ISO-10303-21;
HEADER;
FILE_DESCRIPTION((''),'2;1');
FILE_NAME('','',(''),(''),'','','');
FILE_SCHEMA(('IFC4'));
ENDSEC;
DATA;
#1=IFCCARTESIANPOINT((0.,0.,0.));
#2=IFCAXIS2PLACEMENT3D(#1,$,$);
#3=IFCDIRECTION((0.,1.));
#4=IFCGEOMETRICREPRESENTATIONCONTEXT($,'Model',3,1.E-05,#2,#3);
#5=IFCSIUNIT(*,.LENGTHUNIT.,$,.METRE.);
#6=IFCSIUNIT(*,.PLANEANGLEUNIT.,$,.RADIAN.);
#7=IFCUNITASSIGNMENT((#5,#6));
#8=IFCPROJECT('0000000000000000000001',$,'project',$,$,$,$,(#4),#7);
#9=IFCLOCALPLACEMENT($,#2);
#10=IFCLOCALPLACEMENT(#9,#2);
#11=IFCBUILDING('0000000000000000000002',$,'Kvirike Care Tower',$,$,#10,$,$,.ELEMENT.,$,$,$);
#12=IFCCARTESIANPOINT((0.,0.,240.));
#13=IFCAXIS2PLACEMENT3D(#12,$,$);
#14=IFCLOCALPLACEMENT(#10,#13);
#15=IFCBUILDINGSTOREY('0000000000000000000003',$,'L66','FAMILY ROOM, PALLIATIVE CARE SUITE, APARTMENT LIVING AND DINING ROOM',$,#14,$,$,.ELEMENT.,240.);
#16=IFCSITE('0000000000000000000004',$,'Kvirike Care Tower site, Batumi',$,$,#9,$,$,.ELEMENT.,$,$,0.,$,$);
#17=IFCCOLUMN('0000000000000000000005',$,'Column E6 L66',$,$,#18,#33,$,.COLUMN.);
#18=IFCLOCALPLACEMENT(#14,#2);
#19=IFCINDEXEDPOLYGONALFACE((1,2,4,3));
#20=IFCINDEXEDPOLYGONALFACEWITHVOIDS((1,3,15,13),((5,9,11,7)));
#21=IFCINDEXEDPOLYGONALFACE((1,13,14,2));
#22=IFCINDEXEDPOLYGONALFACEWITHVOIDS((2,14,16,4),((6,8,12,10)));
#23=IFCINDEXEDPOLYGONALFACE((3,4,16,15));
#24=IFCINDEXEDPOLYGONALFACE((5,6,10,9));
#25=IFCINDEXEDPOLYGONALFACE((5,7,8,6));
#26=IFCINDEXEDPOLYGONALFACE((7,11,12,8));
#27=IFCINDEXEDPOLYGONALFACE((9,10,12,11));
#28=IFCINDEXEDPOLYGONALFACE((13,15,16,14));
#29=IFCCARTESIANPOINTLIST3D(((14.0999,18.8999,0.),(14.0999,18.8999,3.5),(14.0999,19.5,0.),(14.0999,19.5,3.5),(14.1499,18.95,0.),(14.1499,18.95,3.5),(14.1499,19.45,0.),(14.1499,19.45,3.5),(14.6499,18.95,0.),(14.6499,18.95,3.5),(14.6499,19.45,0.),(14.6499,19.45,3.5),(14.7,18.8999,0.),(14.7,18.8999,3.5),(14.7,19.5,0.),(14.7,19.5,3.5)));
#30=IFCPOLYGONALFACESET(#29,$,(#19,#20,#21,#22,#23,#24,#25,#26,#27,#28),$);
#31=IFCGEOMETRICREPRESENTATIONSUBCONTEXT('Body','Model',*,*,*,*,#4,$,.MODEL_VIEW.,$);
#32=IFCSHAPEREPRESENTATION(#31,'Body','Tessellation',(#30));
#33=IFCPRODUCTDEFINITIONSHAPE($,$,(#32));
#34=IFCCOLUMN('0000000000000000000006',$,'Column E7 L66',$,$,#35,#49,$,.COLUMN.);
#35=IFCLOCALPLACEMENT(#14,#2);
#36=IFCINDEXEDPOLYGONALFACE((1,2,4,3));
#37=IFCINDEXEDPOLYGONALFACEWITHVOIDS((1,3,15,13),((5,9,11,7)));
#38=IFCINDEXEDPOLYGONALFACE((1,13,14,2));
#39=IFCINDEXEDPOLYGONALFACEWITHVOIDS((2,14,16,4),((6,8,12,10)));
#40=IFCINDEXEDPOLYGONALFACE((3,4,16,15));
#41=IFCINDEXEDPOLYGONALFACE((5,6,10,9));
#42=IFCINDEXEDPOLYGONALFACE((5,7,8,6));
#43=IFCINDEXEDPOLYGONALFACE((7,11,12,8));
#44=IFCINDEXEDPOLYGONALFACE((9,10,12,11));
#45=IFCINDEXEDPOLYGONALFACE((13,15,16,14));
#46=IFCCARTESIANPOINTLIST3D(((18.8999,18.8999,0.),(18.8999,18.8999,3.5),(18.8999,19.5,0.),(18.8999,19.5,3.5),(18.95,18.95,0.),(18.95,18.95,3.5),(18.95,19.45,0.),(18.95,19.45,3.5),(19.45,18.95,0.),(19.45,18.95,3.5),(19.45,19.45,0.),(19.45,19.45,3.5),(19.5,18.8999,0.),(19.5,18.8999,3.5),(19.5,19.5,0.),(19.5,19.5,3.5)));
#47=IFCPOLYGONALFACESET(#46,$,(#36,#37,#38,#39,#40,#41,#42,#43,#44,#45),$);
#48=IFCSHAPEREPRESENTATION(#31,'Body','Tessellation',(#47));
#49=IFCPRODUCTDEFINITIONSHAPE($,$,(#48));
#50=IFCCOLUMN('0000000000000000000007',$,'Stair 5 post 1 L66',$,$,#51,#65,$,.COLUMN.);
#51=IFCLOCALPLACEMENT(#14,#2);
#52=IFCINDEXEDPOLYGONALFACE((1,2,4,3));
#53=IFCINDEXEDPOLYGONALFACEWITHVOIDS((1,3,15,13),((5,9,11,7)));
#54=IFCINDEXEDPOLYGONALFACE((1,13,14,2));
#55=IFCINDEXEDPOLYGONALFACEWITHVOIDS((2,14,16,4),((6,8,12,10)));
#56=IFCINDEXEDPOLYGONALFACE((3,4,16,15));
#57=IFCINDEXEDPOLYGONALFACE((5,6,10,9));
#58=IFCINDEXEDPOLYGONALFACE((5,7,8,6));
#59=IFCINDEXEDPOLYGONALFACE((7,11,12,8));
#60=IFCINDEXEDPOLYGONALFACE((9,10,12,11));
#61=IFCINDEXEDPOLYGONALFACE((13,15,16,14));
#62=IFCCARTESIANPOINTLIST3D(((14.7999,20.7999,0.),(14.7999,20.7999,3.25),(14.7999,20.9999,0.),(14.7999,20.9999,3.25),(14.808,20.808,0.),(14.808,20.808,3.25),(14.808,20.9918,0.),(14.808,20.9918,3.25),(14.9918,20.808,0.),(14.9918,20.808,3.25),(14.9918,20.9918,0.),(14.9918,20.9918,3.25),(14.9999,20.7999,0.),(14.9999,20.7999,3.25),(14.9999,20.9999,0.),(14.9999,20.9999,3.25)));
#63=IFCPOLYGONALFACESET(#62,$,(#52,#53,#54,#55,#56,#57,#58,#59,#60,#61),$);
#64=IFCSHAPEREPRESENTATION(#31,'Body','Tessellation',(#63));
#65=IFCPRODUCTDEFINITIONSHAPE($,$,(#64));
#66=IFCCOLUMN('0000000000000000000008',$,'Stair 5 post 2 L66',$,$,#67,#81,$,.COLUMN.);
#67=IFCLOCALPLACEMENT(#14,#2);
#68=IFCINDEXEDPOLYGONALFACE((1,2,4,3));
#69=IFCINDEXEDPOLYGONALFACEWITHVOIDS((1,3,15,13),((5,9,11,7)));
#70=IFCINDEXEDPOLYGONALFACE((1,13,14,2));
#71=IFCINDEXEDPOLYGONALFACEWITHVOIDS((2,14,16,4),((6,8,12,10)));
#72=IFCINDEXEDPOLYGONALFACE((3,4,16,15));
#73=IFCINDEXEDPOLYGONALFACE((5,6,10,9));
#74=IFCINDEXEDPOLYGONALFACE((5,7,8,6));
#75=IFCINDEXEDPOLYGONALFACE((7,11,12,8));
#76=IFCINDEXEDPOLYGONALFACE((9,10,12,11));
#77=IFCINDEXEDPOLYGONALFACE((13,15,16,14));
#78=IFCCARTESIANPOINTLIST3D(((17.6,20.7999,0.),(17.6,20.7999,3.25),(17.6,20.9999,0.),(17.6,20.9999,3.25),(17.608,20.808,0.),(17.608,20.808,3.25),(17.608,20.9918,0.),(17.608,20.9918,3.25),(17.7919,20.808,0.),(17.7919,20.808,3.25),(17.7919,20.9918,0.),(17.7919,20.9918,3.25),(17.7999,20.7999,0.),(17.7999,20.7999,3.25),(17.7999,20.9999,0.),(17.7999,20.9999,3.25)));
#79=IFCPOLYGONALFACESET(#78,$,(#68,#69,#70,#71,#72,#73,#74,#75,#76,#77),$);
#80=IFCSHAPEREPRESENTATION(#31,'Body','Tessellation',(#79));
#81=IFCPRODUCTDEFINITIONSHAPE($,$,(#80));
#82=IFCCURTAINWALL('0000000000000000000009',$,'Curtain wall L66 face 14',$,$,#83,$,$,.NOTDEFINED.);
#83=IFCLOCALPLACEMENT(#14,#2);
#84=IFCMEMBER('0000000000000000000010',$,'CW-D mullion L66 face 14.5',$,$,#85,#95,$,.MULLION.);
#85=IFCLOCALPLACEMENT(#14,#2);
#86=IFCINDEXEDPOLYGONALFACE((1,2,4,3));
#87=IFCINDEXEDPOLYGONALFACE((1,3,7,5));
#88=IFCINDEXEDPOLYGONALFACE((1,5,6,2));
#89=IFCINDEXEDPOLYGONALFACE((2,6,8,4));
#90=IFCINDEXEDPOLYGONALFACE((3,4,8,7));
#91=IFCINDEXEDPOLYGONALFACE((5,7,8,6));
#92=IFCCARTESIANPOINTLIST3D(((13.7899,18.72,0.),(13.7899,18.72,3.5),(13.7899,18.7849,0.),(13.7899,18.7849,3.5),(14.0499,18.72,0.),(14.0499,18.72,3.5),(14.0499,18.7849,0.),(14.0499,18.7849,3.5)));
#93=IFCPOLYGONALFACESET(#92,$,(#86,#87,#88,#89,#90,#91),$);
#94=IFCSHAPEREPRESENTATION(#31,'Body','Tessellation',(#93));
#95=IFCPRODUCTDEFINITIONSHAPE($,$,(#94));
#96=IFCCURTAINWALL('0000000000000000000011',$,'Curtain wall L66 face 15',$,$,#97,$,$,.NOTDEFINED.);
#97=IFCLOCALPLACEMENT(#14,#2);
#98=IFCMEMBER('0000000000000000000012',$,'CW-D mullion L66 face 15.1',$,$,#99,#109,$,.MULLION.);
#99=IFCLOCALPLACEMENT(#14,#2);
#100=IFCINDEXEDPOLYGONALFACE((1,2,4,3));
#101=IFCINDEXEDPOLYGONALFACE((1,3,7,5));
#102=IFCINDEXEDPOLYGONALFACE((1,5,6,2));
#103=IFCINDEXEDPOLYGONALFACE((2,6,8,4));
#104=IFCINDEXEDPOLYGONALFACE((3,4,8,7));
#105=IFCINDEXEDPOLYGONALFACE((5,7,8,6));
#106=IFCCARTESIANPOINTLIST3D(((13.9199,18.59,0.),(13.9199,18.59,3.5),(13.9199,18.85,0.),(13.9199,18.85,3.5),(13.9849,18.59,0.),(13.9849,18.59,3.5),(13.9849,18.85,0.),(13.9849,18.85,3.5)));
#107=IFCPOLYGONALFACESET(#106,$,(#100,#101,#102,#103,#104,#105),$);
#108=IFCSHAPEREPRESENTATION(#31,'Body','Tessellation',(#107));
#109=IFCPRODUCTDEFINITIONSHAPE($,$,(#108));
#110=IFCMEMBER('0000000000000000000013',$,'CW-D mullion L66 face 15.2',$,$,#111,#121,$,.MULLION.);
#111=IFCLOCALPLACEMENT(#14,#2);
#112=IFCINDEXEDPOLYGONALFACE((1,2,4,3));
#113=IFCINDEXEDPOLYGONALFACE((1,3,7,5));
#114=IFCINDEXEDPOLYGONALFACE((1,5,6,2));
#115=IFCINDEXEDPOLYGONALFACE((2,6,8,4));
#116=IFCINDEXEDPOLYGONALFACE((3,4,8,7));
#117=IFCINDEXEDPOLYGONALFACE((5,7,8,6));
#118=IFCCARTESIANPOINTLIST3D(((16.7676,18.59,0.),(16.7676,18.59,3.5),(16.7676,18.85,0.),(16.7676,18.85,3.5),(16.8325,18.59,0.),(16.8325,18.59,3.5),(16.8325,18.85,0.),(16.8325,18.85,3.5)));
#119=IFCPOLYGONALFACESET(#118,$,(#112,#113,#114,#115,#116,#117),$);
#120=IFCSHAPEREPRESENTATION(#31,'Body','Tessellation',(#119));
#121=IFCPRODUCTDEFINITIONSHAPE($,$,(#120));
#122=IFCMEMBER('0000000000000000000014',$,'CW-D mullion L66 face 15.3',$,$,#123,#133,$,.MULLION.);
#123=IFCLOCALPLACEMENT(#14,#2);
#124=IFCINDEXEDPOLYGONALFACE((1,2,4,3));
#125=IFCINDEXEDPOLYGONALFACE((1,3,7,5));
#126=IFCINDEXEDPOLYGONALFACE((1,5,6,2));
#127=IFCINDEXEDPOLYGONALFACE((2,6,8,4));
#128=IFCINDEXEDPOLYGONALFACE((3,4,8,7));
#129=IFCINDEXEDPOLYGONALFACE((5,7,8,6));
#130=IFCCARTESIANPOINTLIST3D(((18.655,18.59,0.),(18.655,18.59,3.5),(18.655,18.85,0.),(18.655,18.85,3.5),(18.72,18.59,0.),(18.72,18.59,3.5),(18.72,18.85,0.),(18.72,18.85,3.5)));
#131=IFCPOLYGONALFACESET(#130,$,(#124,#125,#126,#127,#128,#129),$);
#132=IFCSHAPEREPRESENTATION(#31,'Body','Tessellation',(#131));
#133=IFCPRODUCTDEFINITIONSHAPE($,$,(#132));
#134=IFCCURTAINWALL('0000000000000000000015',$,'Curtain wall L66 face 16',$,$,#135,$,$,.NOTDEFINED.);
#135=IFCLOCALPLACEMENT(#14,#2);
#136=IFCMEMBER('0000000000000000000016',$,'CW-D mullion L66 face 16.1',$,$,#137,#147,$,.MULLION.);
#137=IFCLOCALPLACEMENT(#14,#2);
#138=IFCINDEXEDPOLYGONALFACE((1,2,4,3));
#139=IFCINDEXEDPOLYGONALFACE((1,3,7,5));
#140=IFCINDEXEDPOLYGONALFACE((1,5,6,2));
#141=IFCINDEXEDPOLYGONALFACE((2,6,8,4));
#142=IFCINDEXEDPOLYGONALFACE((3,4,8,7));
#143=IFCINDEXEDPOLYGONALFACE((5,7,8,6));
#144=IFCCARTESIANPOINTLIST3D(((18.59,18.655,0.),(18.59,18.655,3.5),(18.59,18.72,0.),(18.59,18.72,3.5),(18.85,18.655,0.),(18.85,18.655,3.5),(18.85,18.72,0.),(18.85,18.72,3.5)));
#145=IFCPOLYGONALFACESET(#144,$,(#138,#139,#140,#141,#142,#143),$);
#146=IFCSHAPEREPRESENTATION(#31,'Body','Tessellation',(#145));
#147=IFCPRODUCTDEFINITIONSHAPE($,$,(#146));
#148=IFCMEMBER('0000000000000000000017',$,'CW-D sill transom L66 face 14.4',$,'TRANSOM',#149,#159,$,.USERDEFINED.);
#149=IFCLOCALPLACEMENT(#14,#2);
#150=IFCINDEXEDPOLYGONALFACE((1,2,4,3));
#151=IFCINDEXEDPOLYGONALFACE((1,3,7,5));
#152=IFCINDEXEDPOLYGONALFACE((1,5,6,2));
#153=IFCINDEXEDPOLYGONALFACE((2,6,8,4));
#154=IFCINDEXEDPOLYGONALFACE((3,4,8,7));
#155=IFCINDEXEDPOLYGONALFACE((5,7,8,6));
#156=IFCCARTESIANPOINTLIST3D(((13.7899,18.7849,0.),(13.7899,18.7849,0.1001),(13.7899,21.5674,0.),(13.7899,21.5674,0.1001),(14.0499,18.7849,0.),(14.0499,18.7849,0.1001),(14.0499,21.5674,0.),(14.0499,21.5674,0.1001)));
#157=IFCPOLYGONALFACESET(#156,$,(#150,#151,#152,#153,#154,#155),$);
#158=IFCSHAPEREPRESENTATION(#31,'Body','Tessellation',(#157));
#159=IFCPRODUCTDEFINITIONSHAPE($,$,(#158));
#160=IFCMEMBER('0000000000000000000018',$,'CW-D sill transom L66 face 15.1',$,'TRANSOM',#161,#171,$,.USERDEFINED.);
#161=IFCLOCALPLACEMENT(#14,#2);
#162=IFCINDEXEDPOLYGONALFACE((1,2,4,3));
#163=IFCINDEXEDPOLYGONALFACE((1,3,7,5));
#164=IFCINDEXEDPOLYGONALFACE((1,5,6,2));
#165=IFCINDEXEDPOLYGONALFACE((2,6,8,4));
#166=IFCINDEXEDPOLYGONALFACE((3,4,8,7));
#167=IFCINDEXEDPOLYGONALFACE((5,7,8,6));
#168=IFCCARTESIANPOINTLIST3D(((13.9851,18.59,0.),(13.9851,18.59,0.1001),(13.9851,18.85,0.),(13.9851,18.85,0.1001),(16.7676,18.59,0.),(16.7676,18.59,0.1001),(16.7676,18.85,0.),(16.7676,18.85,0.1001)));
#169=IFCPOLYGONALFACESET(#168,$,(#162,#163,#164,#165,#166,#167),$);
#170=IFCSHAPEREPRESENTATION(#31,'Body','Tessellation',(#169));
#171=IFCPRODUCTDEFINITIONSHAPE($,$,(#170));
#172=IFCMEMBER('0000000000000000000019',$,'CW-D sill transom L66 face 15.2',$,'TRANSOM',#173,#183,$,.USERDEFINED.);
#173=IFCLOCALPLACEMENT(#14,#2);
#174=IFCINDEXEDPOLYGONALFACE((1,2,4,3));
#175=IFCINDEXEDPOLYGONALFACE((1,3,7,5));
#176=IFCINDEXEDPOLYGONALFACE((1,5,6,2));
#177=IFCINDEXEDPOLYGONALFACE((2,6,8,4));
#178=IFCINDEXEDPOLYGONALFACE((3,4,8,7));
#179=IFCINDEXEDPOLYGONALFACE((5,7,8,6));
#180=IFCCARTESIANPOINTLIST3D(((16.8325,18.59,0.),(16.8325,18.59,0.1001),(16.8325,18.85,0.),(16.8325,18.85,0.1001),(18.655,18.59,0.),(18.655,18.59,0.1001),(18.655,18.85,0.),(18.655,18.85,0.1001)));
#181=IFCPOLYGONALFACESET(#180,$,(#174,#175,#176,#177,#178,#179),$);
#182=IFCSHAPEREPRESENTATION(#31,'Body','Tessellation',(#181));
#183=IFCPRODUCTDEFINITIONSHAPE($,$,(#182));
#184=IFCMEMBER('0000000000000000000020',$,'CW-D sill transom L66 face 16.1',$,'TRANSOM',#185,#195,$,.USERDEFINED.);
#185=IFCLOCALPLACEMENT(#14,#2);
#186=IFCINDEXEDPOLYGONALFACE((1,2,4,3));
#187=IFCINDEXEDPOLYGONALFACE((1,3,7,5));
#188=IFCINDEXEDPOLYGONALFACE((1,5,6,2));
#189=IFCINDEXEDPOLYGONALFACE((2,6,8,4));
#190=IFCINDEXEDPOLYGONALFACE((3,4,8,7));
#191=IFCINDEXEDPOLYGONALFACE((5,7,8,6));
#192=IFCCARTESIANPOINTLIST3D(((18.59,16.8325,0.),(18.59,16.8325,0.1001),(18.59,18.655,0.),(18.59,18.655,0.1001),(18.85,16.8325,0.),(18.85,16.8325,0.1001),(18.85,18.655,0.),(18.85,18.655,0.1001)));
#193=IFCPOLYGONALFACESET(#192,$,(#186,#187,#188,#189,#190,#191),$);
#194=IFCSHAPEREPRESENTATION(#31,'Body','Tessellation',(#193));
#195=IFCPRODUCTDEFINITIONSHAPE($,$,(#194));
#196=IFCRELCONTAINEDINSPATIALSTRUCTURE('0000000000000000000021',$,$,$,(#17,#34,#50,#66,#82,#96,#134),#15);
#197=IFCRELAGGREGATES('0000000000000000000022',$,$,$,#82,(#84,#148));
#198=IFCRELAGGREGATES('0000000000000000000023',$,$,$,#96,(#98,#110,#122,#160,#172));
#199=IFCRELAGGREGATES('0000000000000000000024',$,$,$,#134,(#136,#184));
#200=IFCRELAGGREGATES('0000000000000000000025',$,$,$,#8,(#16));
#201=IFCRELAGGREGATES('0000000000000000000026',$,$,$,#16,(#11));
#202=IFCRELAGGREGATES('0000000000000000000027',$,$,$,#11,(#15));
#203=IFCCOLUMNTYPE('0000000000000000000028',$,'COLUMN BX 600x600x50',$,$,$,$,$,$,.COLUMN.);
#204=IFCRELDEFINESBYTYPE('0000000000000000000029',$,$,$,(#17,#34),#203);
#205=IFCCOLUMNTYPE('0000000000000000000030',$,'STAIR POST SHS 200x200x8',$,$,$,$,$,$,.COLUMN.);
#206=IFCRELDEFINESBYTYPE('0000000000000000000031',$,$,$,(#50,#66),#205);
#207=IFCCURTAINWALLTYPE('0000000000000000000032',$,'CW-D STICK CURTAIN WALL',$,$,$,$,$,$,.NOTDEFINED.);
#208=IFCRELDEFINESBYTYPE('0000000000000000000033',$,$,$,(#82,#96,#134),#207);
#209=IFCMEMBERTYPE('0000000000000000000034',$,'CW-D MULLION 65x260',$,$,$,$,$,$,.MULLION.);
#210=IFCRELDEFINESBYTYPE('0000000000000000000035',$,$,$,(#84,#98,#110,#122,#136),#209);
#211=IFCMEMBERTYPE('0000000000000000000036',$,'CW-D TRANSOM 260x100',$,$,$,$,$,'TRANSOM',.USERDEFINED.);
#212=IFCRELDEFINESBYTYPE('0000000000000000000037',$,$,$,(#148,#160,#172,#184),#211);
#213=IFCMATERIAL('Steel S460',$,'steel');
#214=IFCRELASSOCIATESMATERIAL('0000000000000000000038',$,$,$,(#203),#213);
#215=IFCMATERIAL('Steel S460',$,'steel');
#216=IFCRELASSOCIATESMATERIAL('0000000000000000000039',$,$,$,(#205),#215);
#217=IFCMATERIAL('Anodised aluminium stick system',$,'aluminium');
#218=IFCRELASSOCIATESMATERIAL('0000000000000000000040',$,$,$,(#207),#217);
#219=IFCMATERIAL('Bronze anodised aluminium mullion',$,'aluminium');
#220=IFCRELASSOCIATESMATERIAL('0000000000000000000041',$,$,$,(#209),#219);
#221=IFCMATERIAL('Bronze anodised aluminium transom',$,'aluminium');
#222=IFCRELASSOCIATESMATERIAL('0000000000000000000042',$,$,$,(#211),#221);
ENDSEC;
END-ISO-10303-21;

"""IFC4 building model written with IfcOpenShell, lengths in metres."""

from ifc_helpers import new_model, si_unit, direction, frame, origin, origin_2d, place, context, subcontext, project, spatial, rectangle, hollow_rectangle, extrude, material, material_profile, profile_set, type_object, element, aggregate, save


model = new_model("IFC4")

# Units and contexts
model_context = context("Model", 3, precision=1e-05, world=origin(), true_north=direction((0.0, 1.0)))
body_context = subcontext(model_context, "Body", "Model", "MODEL_VIEW")
ifc_project = project(units=[si_unit("LENGTHUNIT", "METRE"), si_unit("PLANEANGLEUNIT", "RADIAN")], contexts=[model_context])

# Site, building, storey
site_placement = place(None, origin())
site = spatial("IfcSite", under=ifc_project, at=site_placement, Name="Kvirike Care Tower site, Batumi", CompositionType="ELEMENT", RefElevation=0.0)
building_placement = place(site_placement, origin())
building = spatial("IfcBuilding", under=site, at=building_placement, Name="Kvirike Care Tower", CompositionType="ELEMENT")
storey_placement = place(building_placement, frame((0.0, 0.0, 240.0)))
storey = spatial("IfcBuildingStorey", under=building, at=storey_placement, Name="L66", Description="FAMILY ROOM, PALLIATIVE CARE SUITE, APARTMENT LIVING AND DINING ROOM", CompositionType="ELEMENT", Elevation=240.0)

# Columns
ifc_material_1 = material(Name="Steel S460", Category="steel")
ifc_material_profile_1 = material_profile(ifc_material_1, hollow_rectangle(XDim=0.6001, YDim=0.6001, WallThickness=0.05, at=origin_2d()), Name="BX 600x600x50")
ifc_profile_set_1 = profile_set([ifc_material_profile_1], Name="Steel S460")
column_type_1 = type_object("IfcColumnType", Name="COLUMN BX 600x600x50", PredefinedType="COLUMN", material=ifc_profile_set_1)
for number, where, z_axis, x_axis, name in (
    (1, (14.3999, 19.2, 0.0), (0.0, 0.0, 1.0), (0.0, 1.0, 0.0), "Column E6 L66"),
    (2, (19.2, 19.2, 0.0), (0.0, 0.0, 1.0), (0.0, 1.0, 0.0), "Column E7 L66"),
):
    element("IfcColumn", number, at=place(storey_placement, frame(where, z_axis=z_axis, x_axis=x_axis)), inside=storey, type_object=column_type_1, Name=name, PredefinedType="COLUMN", context=body_context, shape_type="SweptSolid", body=[
        extrude(hollow_rectangle(XDim=0.6001, YDim=0.6001, WallThickness=0.05, at=origin_2d()), origin(), (0.0, 0.0, 1.0), 3.5),
    ])
ifc_material_2 = material(Name="Steel S460", Category="steel")
ifc_material_profile_2 = material_profile(ifc_material_2, hollow_rectangle(XDim=0.2, YDim=0.2, WallThickness=0.0081, at=origin_2d()), Name="SHS 200x200x8")
ifc_profile_set_2 = profile_set([ifc_material_profile_2], Name="Steel S460")
column_type_2 = type_object("IfcColumnType", Name="STAIR POST SHS 200x200x8", PredefinedType="COLUMN", material=ifc_profile_set_2)
for number, where, z_axis, x_axis, name in (
    (3, (14.8999, 20.8999, 0.0), (0.0, 0.0, 1.0), (1.0, 0.0, 0.0), "Stair 5 post 1 L66"),
    (4, (17.7, 20.8999, 0.0), (0.0, 0.0, 1.0), (1.0, 0.0, 0.0), "Stair 5 post 2 L66"),
):
    element("IfcColumn", number, at=place(storey_placement, frame(where, z_axis=z_axis, x_axis=x_axis)), inside=storey, type_object=column_type_2, Name=name, PredefinedType="COLUMN", context=body_context, shape_type="SweptSolid", body=[
        extrude(hollow_rectangle(XDim=0.2, YDim=0.2, WallThickness=0.0081, at=origin_2d()), origin(), (0.0, 0.0, 1.0), 3.25),
    ])

# Curtain wall, member
ifc_material_3 = material(Name="Anodised aluminium stick system", Category="aluminium")
curtain_wall_type = type_object("IfcCurtainWallType", Name="CW-D STICK CURTAIN WALL", PredefinedType="NOTDEFINED", material=ifc_material_3)
curtain_wall_1_placement = place(storey_placement, origin())
curtain_wall_1 = element("IfcCurtainWall", 5, at=curtain_wall_1_placement, inside=storey, type_object=curtain_wall_type, Name="Curtain wall L66 face 14", PredefinedType="NOTDEFINED")
ifc_material_4 = material(Name="Bronze anodised aluminium mullion", Category="aluminium")
ifc_material_profile_3 = material_profile(ifc_material_4, rectangle(XDim=0.0649, YDim=0.26, at=origin_2d()), Name="CW-D MULLION 65x260")
ifc_profile_set_3 = profile_set([ifc_material_profile_3], Name="Bronze anodised aluminium mullion")
member_type_1 = type_object("IfcMemberType", Name="CW-D MULLION 65x260", PredefinedType="MULLION", material=ifc_profile_set_3)
member_1_placement = place(storey_placement, frame((13.9199, 18.7524, 0.0), z_axis=(0.0, 0.0, 1.0), x_axis=(0.0, -1.0, 0.0)))
member_1 = element("IfcMember", 6, at=member_1_placement, type_object=member_type_1, Name="CW-D mullion L66 face 14.5", PredefinedType="MULLION", context=body_context, shape_type="SweptSolid", body=[
    extrude(rectangle(XDim=0.0649, YDim=0.26, at=origin_2d()), origin(), (0.0, 0.0, 1.0), 3.5),
])

# Curtain wall, members
curtain_wall_2_placement = place(storey_placement, origin())
curtain_wall_2 = element("IfcCurtainWall", 7, at=curtain_wall_2_placement, inside=storey, type_object=curtain_wall_type, Name="Curtain wall L66 face 15", PredefinedType="NOTDEFINED")
member_2_placement = place(storey_placement, frame((13.9524, 18.72, 0.0), z_axis=(0.0, 0.0, 1.0), x_axis=(1.0, 0.0, 0.0)))
member_2 = element("IfcMember", 8, at=member_2_placement, type_object=member_type_1, Name="CW-D mullion L66 face 15.1", PredefinedType="MULLION", context=body_context, shape_type="SweptSolid", body=[
    extrude(rectangle(XDim=0.0649, YDim=0.26, at=origin_2d()), origin(), (0.0, 0.0, 1.0), 3.5),
])
member_3_placement = place(storey_placement, frame((16.8, 18.72, 0.0), z_axis=(0.0, 0.0, 1.0), x_axis=(1.0, 0.0, 0.0)))
member_3 = element("IfcMember", 9, at=member_3_placement, type_object=member_type_1, Name="CW-D mullion L66 face 15.2", PredefinedType="MULLION", context=body_context, shape_type="SweptSolid", body=[
    extrude(rectangle(XDim=0.0649, YDim=0.26, at=origin_2d()), origin(), (0.0, 0.0, 1.0), 3.5),
])
member_4_placement = place(storey_placement, frame((18.6875, 18.72, 0.0), z_axis=(0.0, 0.0, 1.0), x_axis=(1.0, 0.0, 0.0)))
member_4 = element("IfcMember", 10, at=member_4_placement, type_object=member_type_1, Name="CW-D mullion L66 face 15.3", PredefinedType="MULLION", context=body_context, shape_type="SweptSolid", body=[
    extrude(rectangle(XDim=0.0649, YDim=0.26, at=origin_2d()), origin(), (0.0, 0.0, 1.0), 3.5),
])

# Curtain wall, member
curtain_wall_3_placement = place(storey_placement, origin())
curtain_wall_3 = element("IfcCurtainWall", 11, at=curtain_wall_3_placement, inside=storey, type_object=curtain_wall_type, Name="Curtain wall L66 face 16", PredefinedType="NOTDEFINED")
member_5_placement = place(storey_placement, frame((18.72, 18.6875, 0.0), z_axis=(0.0, 0.0, 1.0), x_axis=(0.0, -1.0, 0.0)))
member_5 = element("IfcMember", 12, at=member_5_placement, type_object=member_type_1, Name="CW-D mullion L66 face 16.1", PredefinedType="MULLION", context=body_context, shape_type="SweptSolid", body=[
    extrude(rectangle(XDim=0.0649, YDim=0.26, at=origin_2d()), origin(), (0.0, 0.0, 1.0), 3.5),
])

# Members
ifc_material_5 = material(Name="Bronze anodised aluminium transom", Category="aluminium")
ifc_material_profile_4 = material_profile(ifc_material_5, rectangle(XDim=0.26, YDim=0.1001, at=origin_2d()), Name="CW-D TRANSOM 260x100")
ifc_profile_set_4 = profile_set([ifc_material_profile_4], Name="Bronze anodised aluminium transom")
member_type_2 = type_object("IfcMemberType", Name="CW-D TRANSOM 260x100", ElementType="TRANSOM", PredefinedType="USERDEFINED", material=ifc_profile_set_4)
member_6_placement = place(storey_placement, frame((13.9199, 21.5674, 0.05), z_axis=(0.0, -1.0, 0.0), x_axis=(1.0, 0.0, 0.0)))
member_6 = element("IfcMember", 13, at=member_6_placement, type_object=member_type_2, Name="CW-D sill transom L66 face 14.4", ObjectType="TRANSOM", PredefinedType="USERDEFINED", context=body_context, shape_type="SweptSolid", body=[
    extrude(rectangle(XDim=0.26, YDim=0.1001, at=origin_2d()), origin(), (0.0, 0.0, 1.0), 2.7825),
])
member_7_placement = place(storey_placement, frame((13.9851, 18.72, 0.05), z_axis=(1.0, 0.0, 0.0), x_axis=(0.0, 1.0, 0.0)))
member_7 = element("IfcMember", 14, at=member_7_placement, type_object=member_type_2, Name="CW-D sill transom L66 face 15.1", ObjectType="TRANSOM", PredefinedType="USERDEFINED", context=body_context, shape_type="SweptSolid", body=[
    extrude(rectangle(XDim=0.26, YDim=0.1001, at=origin_2d()), origin(), (0.0, 0.0, 1.0), 2.7825),
])
member_8_placement = place(storey_placement, frame((16.8325, 18.72, 0.05), z_axis=(1.0, 0.0, 0.0), x_axis=(0.0, 1.0, 0.0)))
member_8 = element("IfcMember", 15, at=member_8_placement, type_object=member_type_2, Name="CW-D sill transom L66 face 15.2", ObjectType="TRANSOM", PredefinedType="USERDEFINED", context=body_context, shape_type="SweptSolid", body=[
    extrude(rectangle(XDim=0.26, YDim=0.1001, at=origin_2d()), origin(), (0.0, 0.0, 1.0), 1.8225),
])
member_9_placement = place(storey_placement, frame((18.72, 18.655, 0.05), z_axis=(0.0, -1.0, 0.0), x_axis=(1.0, 0.0, 0.0)))
member_9 = element("IfcMember", 16, at=member_9_placement, type_object=member_type_2, Name="CW-D sill transom L66 face 16.1", ObjectType="TRANSOM", PredefinedType="USERDEFINED", context=body_context, shape_type="SweptSolid", body=[
    extrude(rectangle(XDim=0.26, YDim=0.1001, at=origin_2d()), origin(), (0.0, 0.0, 1.0), 1.8225),
])

aggregate(curtain_wall_1, [member_1, member_6])
aggregate(curtain_wall_2, [member_2, member_3, member_4, member_7, member_8])
aggregate(curtain_wall_3, [member_5, member_9])

save(model, "model.ifc")
